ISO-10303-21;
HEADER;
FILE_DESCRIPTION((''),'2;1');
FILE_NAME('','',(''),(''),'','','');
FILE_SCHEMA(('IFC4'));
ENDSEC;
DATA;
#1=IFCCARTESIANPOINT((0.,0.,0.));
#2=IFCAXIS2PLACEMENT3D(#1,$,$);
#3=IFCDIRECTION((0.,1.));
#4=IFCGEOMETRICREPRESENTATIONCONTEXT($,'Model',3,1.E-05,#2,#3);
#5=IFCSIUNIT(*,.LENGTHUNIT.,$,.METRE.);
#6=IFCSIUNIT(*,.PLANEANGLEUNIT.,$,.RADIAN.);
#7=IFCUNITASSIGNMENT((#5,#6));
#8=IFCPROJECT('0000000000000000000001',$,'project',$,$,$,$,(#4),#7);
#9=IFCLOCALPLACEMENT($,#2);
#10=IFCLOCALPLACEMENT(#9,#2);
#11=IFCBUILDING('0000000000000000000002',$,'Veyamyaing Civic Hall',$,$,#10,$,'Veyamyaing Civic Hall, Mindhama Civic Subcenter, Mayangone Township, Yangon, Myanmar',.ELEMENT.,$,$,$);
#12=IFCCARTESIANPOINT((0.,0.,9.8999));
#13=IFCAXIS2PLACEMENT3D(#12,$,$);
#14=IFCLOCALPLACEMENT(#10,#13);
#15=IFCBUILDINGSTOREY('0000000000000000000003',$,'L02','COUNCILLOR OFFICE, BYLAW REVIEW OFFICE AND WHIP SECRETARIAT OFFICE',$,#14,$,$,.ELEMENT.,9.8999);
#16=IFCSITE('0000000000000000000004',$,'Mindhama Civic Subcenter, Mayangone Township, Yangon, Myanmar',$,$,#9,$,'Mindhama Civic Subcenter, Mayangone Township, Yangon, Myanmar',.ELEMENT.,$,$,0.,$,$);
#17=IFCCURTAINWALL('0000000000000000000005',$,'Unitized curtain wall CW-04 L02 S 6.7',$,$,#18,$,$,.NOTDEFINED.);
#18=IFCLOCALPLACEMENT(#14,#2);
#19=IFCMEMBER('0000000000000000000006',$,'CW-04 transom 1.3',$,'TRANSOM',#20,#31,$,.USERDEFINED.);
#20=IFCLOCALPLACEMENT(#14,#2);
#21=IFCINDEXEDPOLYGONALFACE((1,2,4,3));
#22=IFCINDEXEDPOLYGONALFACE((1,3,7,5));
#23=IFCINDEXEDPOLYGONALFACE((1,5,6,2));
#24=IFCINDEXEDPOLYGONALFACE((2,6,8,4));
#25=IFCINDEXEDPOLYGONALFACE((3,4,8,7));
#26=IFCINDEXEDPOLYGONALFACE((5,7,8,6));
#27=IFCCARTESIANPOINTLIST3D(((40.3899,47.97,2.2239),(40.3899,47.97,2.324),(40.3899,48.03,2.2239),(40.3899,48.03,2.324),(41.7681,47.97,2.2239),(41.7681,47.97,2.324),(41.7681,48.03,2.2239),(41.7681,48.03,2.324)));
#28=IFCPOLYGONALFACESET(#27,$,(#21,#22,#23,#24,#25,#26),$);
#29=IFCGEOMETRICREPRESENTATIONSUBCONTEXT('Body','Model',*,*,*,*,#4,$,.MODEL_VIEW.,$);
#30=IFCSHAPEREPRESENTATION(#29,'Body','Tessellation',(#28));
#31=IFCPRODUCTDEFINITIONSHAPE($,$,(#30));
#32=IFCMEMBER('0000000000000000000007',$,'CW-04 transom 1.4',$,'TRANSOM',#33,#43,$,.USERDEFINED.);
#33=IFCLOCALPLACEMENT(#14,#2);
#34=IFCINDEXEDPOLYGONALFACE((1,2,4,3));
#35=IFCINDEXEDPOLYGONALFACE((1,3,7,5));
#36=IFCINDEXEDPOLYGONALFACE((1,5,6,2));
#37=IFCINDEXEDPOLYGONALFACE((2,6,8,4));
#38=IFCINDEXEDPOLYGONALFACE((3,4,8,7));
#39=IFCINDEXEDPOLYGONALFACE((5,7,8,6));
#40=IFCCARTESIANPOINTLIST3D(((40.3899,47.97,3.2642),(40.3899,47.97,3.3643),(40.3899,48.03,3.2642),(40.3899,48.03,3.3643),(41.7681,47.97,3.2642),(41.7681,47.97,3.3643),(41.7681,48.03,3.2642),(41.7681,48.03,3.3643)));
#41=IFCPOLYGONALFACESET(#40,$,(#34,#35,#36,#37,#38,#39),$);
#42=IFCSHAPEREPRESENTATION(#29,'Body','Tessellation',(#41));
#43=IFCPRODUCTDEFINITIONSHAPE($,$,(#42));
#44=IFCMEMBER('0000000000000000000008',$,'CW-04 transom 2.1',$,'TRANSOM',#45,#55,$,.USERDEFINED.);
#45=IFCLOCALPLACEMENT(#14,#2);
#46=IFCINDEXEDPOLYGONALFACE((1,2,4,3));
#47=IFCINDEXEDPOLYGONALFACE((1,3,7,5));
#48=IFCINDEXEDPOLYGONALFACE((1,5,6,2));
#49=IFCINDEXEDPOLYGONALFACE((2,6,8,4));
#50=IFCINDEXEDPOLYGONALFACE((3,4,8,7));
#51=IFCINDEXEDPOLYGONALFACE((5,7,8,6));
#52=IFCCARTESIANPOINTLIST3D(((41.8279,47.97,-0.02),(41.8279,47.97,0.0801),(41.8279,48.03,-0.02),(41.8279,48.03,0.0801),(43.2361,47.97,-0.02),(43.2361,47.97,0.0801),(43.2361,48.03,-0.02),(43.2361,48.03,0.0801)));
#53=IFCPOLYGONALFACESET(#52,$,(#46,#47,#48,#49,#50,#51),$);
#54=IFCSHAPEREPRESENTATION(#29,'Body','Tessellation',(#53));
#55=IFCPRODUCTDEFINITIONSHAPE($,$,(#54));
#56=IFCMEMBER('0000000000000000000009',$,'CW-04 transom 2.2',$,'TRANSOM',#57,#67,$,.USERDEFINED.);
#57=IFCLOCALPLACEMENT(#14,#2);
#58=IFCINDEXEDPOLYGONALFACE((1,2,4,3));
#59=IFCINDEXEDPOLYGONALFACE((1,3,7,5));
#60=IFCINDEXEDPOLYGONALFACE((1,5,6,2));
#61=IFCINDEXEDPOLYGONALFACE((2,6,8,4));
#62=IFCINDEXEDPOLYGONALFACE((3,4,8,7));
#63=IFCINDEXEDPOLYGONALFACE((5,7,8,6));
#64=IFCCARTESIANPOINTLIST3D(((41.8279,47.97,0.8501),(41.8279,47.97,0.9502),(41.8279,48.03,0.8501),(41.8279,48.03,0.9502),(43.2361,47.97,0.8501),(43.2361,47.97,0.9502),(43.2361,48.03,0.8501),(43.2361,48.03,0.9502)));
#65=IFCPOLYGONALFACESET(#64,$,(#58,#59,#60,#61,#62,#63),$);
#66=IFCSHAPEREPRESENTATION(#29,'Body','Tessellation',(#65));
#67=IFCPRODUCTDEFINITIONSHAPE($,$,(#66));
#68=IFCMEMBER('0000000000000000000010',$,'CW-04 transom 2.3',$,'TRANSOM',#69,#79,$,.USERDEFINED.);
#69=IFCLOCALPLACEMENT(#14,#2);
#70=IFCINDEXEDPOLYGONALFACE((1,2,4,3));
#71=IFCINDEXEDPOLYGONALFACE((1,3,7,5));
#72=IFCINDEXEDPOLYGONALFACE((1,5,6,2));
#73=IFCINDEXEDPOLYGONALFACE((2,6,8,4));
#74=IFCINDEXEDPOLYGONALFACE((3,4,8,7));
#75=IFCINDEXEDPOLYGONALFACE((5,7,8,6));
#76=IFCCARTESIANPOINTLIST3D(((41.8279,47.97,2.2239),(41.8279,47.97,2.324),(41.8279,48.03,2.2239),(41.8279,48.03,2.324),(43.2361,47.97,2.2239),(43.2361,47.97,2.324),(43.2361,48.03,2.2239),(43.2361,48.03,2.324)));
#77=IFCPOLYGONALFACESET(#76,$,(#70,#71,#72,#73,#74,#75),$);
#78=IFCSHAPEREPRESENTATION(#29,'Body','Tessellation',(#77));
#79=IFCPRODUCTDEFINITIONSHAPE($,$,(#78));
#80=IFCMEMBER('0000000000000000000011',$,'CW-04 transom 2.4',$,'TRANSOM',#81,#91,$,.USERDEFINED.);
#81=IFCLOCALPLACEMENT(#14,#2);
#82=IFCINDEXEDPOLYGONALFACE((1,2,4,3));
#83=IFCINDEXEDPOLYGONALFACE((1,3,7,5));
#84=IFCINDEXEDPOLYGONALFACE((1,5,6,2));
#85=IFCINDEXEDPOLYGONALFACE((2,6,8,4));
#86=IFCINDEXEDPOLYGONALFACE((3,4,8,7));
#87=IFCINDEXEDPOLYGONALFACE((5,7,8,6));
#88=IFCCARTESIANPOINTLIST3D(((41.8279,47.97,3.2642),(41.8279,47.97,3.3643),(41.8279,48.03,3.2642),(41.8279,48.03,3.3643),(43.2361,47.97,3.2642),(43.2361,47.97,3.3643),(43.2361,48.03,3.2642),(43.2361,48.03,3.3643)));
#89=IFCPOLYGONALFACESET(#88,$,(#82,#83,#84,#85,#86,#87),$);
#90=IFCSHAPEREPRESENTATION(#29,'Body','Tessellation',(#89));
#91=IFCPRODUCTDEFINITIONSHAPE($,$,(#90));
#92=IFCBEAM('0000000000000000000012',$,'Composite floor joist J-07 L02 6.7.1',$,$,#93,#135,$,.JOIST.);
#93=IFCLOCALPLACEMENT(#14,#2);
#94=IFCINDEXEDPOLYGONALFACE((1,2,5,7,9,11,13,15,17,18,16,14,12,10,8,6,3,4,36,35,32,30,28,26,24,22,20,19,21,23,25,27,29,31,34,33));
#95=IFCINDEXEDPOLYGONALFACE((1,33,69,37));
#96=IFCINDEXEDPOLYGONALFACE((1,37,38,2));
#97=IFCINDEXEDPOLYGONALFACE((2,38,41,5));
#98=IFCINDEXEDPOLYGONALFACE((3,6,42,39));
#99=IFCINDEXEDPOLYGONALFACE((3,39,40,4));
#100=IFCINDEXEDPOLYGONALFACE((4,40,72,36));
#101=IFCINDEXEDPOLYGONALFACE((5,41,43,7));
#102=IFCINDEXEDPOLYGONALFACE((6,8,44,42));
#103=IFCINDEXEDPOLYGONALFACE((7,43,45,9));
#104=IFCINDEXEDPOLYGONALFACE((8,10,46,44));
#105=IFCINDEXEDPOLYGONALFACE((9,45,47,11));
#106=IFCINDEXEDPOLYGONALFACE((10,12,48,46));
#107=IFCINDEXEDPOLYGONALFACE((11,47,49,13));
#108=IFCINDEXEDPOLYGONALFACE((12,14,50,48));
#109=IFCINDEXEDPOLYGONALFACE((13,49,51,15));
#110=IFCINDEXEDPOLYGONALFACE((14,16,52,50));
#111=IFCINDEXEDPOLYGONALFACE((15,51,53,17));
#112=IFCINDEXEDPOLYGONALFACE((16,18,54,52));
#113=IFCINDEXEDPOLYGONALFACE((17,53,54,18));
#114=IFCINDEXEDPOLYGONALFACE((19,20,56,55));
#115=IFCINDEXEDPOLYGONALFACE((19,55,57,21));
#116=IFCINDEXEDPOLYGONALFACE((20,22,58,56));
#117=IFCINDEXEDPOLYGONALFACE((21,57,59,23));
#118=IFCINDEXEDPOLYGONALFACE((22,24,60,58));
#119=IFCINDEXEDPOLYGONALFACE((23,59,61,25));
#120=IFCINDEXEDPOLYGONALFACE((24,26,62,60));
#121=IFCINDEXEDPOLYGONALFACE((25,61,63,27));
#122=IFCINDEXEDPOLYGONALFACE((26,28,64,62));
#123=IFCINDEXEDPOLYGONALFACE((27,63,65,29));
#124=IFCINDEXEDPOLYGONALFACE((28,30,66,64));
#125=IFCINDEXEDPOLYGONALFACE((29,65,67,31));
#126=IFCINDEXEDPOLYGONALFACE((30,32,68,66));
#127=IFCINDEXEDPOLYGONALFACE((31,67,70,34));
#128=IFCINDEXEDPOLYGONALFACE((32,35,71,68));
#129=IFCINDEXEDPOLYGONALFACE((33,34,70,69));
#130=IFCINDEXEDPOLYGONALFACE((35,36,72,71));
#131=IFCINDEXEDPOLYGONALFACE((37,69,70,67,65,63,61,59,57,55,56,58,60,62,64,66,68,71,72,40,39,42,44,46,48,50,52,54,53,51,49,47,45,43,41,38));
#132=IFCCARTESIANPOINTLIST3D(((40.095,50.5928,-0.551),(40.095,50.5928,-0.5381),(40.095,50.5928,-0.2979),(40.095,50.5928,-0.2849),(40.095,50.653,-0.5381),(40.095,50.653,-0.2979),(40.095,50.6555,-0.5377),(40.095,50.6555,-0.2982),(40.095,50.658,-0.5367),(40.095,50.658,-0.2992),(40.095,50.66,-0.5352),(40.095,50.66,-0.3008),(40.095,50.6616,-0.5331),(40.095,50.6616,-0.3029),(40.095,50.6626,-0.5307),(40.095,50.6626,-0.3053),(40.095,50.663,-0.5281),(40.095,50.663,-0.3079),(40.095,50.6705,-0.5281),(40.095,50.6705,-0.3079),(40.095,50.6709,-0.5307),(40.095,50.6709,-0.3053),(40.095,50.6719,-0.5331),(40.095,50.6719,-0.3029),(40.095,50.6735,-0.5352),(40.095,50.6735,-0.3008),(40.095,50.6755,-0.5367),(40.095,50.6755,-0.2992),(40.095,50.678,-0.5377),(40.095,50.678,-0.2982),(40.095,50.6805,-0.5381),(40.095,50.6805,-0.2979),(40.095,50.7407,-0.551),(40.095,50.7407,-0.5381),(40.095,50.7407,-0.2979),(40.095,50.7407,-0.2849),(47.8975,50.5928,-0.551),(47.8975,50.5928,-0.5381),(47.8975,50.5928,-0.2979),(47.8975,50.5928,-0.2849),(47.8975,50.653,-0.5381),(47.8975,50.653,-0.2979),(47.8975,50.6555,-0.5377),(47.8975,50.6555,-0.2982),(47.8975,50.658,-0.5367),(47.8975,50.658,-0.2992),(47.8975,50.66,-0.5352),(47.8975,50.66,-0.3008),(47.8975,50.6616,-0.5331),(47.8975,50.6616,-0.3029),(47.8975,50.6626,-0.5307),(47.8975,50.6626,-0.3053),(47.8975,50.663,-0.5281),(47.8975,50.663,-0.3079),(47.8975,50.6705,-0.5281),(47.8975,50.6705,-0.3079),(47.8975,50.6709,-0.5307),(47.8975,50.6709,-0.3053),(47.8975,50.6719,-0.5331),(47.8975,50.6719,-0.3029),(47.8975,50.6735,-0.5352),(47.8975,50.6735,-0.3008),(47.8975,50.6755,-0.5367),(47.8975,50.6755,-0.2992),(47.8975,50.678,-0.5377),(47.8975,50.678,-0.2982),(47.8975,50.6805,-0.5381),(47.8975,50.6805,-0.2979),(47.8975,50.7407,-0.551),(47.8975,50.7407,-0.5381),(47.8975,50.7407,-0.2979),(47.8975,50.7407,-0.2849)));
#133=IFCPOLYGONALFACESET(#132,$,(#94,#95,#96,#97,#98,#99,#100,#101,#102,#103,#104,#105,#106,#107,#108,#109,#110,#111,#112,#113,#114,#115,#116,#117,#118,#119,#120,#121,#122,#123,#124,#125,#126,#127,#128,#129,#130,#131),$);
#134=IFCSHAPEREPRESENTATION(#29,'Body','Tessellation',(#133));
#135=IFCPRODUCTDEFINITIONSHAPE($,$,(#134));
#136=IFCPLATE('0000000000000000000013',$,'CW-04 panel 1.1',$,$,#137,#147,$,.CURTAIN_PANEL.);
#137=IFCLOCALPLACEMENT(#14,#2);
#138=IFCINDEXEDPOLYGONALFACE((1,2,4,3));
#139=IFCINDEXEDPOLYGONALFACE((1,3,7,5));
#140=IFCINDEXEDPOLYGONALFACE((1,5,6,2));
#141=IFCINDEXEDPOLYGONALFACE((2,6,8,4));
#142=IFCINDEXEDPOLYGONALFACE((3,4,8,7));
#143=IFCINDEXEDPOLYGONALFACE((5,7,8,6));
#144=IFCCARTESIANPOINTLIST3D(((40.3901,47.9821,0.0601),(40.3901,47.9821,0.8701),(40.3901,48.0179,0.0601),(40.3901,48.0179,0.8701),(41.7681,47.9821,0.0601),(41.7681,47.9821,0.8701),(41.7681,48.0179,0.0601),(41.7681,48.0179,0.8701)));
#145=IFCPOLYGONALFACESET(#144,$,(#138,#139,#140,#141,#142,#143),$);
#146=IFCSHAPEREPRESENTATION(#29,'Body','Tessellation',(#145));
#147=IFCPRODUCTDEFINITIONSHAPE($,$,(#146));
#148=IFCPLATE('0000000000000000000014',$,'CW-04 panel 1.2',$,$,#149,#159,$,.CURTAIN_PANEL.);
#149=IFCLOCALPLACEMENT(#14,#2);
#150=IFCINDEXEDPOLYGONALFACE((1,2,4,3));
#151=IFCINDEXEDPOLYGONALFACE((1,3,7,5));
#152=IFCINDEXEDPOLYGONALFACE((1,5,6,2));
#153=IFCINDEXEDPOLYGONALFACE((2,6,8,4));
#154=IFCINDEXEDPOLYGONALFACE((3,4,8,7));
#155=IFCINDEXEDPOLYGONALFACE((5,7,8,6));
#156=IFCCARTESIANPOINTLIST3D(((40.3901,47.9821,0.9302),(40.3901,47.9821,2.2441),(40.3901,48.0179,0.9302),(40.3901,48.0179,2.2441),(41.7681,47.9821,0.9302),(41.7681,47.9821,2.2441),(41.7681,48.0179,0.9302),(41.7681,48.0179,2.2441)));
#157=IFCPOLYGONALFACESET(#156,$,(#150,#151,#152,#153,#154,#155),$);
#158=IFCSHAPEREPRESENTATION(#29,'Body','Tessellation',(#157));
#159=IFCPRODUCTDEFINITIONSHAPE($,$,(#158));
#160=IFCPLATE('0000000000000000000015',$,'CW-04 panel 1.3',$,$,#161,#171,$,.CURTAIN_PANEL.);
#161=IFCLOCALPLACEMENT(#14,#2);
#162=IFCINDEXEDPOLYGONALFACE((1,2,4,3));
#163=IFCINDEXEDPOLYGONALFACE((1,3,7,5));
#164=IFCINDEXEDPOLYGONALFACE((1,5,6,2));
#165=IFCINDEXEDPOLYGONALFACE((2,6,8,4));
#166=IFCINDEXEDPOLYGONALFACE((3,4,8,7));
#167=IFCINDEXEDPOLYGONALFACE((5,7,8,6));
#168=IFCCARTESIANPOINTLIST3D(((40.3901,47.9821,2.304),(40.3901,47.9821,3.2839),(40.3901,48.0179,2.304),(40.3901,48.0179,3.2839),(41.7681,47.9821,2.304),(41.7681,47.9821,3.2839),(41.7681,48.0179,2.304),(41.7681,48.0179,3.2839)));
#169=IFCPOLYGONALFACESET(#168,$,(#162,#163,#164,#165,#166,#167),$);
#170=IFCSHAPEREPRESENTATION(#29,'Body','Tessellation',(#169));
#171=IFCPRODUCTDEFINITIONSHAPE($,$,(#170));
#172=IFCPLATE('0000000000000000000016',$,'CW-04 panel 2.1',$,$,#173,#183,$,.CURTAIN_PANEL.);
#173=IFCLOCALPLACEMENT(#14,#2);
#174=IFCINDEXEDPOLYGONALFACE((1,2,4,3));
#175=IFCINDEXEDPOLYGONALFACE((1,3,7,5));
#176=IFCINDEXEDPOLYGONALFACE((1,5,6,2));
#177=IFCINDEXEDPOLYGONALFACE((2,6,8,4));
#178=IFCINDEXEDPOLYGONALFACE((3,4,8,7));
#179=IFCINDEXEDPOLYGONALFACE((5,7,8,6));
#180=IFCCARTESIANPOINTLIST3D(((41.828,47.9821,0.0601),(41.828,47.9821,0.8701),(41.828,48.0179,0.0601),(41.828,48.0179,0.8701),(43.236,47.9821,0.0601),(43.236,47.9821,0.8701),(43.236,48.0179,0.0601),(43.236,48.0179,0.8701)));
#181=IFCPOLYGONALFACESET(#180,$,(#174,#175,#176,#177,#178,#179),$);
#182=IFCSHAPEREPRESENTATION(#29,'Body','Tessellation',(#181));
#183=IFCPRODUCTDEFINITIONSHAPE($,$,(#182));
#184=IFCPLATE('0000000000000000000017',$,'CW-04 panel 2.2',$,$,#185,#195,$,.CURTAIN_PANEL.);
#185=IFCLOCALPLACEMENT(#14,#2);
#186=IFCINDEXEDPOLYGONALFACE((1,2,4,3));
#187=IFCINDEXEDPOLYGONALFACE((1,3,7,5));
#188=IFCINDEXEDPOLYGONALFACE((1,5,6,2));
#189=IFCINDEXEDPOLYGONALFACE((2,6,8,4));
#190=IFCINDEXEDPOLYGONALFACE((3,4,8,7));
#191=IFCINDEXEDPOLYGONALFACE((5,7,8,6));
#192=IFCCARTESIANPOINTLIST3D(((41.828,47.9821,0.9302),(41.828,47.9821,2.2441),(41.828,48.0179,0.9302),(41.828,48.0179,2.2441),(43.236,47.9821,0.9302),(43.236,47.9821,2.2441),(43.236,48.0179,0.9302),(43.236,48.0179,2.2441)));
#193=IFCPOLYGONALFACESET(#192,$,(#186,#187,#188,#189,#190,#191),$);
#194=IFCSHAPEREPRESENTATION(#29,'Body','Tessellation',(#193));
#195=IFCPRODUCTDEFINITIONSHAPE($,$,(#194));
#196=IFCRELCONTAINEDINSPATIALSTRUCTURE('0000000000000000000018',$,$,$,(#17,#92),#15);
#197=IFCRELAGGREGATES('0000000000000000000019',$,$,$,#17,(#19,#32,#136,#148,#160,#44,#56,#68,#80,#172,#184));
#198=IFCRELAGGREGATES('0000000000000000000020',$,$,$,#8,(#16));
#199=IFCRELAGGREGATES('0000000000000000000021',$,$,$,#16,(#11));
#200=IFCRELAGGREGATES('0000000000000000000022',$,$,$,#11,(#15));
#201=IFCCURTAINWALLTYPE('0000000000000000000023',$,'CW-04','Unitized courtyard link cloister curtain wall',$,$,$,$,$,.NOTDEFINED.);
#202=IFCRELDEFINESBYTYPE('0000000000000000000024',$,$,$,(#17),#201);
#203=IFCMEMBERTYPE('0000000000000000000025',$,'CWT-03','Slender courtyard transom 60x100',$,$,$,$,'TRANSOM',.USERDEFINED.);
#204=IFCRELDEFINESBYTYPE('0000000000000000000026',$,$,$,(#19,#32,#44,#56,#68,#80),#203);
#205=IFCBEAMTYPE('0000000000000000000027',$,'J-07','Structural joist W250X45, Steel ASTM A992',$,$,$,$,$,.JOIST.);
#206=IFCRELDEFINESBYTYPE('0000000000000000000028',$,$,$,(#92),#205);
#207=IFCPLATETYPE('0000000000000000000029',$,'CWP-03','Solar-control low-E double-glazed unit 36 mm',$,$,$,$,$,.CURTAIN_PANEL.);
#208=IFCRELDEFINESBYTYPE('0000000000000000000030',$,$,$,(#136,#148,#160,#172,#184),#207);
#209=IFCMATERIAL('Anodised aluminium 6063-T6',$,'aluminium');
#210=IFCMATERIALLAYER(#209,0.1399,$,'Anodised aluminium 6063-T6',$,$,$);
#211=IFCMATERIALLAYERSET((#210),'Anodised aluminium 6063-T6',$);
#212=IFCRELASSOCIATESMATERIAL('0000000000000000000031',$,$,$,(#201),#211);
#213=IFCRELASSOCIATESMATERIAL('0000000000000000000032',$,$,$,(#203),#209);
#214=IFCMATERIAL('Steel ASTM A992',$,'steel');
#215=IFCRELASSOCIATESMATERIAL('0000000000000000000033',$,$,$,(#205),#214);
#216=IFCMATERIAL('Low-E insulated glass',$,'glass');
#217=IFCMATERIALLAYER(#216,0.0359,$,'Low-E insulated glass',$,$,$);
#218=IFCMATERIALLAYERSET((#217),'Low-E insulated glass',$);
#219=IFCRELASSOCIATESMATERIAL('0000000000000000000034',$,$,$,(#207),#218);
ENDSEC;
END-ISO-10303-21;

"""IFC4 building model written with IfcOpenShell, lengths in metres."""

from ifc_helpers import new_model, si_unit, direction, frame, origin, origin_2d, place, context, subcontext, project, spatial, rectangle, i_section, extrude, material, layer, layer_set, material_profile, profile_set, type_object, element, aggregate, save


model = new_model("IFC4")

# Units and contexts
model_context = context("Model", 3, precision=1e-05, world=origin(), true_north=direction((0.0, 1.0)))
body_context = subcontext(model_context, "Body", "Model", "MODEL_VIEW")
ifc_project = project(units=[si_unit("LENGTHUNIT", "METRE"), si_unit("PLANEANGLEUNIT", "RADIAN")], contexts=[model_context])

# Site, building, storey
site_placement = place(None, origin())
site = spatial("IfcSite", under=ifc_project, at=site_placement, Name="Mindhama Civic Subcenter, Mayangone Township, Yangon, Myanmar", LongName="Mindhama Civic Subcenter, Mayangone Township, Yangon, Myanmar", CompositionType="ELEMENT", RefElevation=0.0)
building_placement = place(site_placement, origin())
building = spatial("IfcBuilding", under=site, at=building_placement, Name="Veyamyaing Civic Hall", LongName="Veyamyaing Civic Hall, Mindhama Civic Subcenter, Mayangone Township, Yangon, Myanmar", CompositionType="ELEMENT")
storey_placement = place(building_placement, frame((0.0, 0.0, 9.8999)))
storey = spatial("IfcBuildingStorey", under=building, at=storey_placement, Name="L02", Description="COUNCILLOR OFFICE, BYLAW REVIEW OFFICE AND WHIP SECRETARIAT OFFICE", CompositionType="ELEMENT", Elevation=9.8999)

# Shared definitions
ifc_material_1 = material(Name="Steel ASTM A992", Category="steel")

# Curtain wall, members
ifc_material_2 = material(Name="Anodised aluminium 6063-T6", Category="aluminium")
ifc_layer_1 = layer(ifc_material_2, 0.1399, Name="Anodised aluminium 6063-T6")
ifc_layer_set_1 = layer_set([ifc_layer_1], Name="Anodised aluminium 6063-T6")
curtain_wall_type = type_object("IfcCurtainWallType", Name="CW-04", Description="Unitized courtyard link cloister curtain wall", PredefinedType="NOTDEFINED", material=ifc_layer_set_1)
curtain_wall_placement = place(storey_placement, origin())
curtain_wall = element("IfcCurtainWall", 1, at=curtain_wall_placement, inside=storey, type_object=curtain_wall_type, Name="Unitized curtain wall CW-04 L02 S 6.7", PredefinedType="NOTDEFINED")
ifc_material_profile_1 = material_profile(ifc_material_2, rectangle(XDim=0.0601, YDim=0.1001, at=origin_2d()), Name="ALU-TRN-60X100")
ifc_profile_set_1 = profile_set([ifc_material_profile_1], Name="Anodised aluminium 6063-T6")
member_type_1 = type_object("IfcMemberType", Name="CWT-03", Description="Slender courtyard transom 60x100", ElementType="TRANSOM", PredefinedType="USERDEFINED", material=ifc_profile_set_1)
member_1_placement = place(storey_placement, frame((40.3899, 48.0, 2.2739), z_axis=(1.0, 0.0, 0.0), x_axis=(0.0, 1.0, 0.0)))
member_1 = element("IfcMember", 2, at=member_1_placement, type_object=member_type_1, Name="CW-04 transom 1.3", ObjectType="TRANSOM", PredefinedType="USERDEFINED", context=body_context, shape_type="SweptSolid", body=[
    extrude(rectangle(XDim=0.0601, YDim=0.1001, at=origin_2d()), origin(), (0.0, 0.0, 1.0), 1.3782),
])
member_2_placement = place(storey_placement, frame((40.3899, 48.0, 3.3142), z_axis=(1.0, 0.0, 0.0), x_axis=(0.0, 1.0, 0.0)))
member_2 = element("IfcMember", 3, at=member_2_placement, type_object=member_type_1, Name="CW-04 transom 1.4", ObjectType="TRANSOM", PredefinedType="USERDEFINED", context=body_context, shape_type="SweptSolid", body=[
    extrude(rectangle(XDim=0.0601, YDim=0.1001, at=origin_2d()), origin(), (0.0, 0.0, 1.0), 1.3782),
])
member_3_placement = place(storey_placement, frame((41.8279, 48.0, 0.03), z_axis=(1.0, 0.0, 0.0), x_axis=(0.0, 1.0, 0.0)))
member_3 = element("IfcMember", 4, at=member_3_placement, type_object=member_type_1, Name="CW-04 transom 2.1", ObjectType="TRANSOM", PredefinedType="USERDEFINED", context=body_context, shape_type="SweptSolid", body=[
    extrude(rectangle(XDim=0.0601, YDim=0.1001, at=origin_2d()), origin(), (0.0, 0.0, 1.0), 1.4082),
])
member_4_placement = place(storey_placement, frame((41.8279, 48.0, 0.9001), z_axis=(1.0, 0.0, 0.0), x_axis=(0.0, 1.0, 0.0)))
member_4 = element("IfcMember", 5, at=member_4_placement, type_object=member_type_1, Name="CW-04 transom 2.2", ObjectType="TRANSOM", PredefinedType="USERDEFINED", context=body_context, shape_type="SweptSolid", body=[
    extrude(rectangle(XDim=0.0601, YDim=0.1001, at=origin_2d()), origin(), (0.0, 0.0, 1.0), 1.4082),
])
member_5_placement = place(storey_placement, frame((41.8279, 48.0, 2.2739), z_axis=(1.0, 0.0, 0.0), x_axis=(0.0, 1.0, 0.0)))
member_5 = element("IfcMember", 6, at=member_5_placement, type_object=member_type_1, Name="CW-04 transom 2.3", ObjectType="TRANSOM", PredefinedType="USERDEFINED", context=body_context, shape_type="SweptSolid", body=[
    extrude(rectangle(XDim=0.0601, YDim=0.1001, at=origin_2d()), origin(), (0.0, 0.0, 1.0), 1.4082),
])
member_6_placement = place(storey_placement, frame((41.8279, 48.0, 3.3142), z_axis=(1.0, 0.0, 0.0), x_axis=(0.0, 1.0, 0.0)))
member_6 = element("IfcMember", 7, at=member_6_placement, type_object=member_type_1, Name="CW-04 transom 2.4", ObjectType="TRANSOM", PredefinedType="USERDEFINED", context=body_context, shape_type="SweptSolid", body=[
    extrude(rectangle(XDim=0.0601, YDim=0.1001, at=origin_2d()), origin(), (0.0, 0.0, 1.0), 1.4082),
])

# Beam
ifc_material_profile_2 = material_profile(ifc_material_1, i_section(OverallWidth=0.1479, OverallDepth=0.2661, WebThickness=0.0076, FlangeThickness=0.0129, FilletRadius=0.01, at=origin_2d()), Name="W250X45")
ifc_profile_set_2 = profile_set([ifc_material_profile_2], Name="Steel ASTM A992")
beam_type_1 = type_object("IfcBeamType", Name="J-07", Description="Structural joist W250X45, Steel ASTM A992", PredefinedType="JOIST", material=ifc_profile_set_2)
beam_1_placement = place(storey_placement, frame((40.095, 50.6667, -0.418), z_axis=(1.0, 0.0, 0.0), x_axis=(0.0, 1.0, 0.0)))
element("IfcBeam", 8, at=beam_1_placement, inside=storey, type_object=beam_type_1, Name="Composite floor joist J-07 L02 6.7.1", PredefinedType="JOIST", context=body_context, shape_type="SweptSolid", body=[
    extrude(i_section(OverallWidth=0.1479, OverallDepth=0.2661, WebThickness=0.0076, FlangeThickness=0.0129, FilletRadius=0.01, at=origin_2d()), origin(), (0.0, 0.0, 1.0), 7.8025),
])

# Plates
ifc_material_3 = material(Name="Low-E insulated glass", Category="glass")
ifc_layer_2 = layer(ifc_material_3, 0.0359, Name="Low-E insulated glass")
ifc_layer_set_2 = layer_set([ifc_layer_2], Name="Low-E insulated glass")
plate_type = type_object("IfcPlateType", Name="CWP-03", Description="Solar-control low-E double-glazed unit 36 mm", PredefinedType="CURTAIN_PANEL", material=ifc_layer_set_2)
plate_1_placement = place(storey_placement, frame((41.0791, 48.0, 0.0601), z_axis=(0.0, 0.0, 1.0), x_axis=(1.0, 0.0, 0.0)))
plate_1 = element("IfcPlate", 9, at=plate_1_placement, type_object=plate_type, Name="CW-04 panel 1.1", PredefinedType="CURTAIN_PANEL", context=body_context, shape_type="SweptSolid", body=[
    extrude(rectangle(XDim=1.3779, YDim=0.0359, at=origin_2d()), origin(), (0.0, 0.0, 1.0), 0.8101),
])
plate_2_placement = place(storey_placement, frame((41.0791, 48.0, 0.9302), z_axis=(0.0, 0.0, 1.0), x_axis=(1.0, 0.0, 0.0)))
plate_2 = element("IfcPlate", 10, at=plate_2_placement, type_object=plate_type, Name="CW-04 panel 1.2", PredefinedType="CURTAIN_PANEL", context=body_context, shape_type="SweptSolid", body=[
    extrude(rectangle(XDim=1.3779, YDim=0.0359, at=origin_2d()), origin(), (0.0, 0.0, 1.0), 1.314),
])
plate_3_placement = place(storey_placement, frame((41.0791, 48.0, 2.304), z_axis=(0.0, 0.0, 1.0), x_axis=(1.0, 0.0, 0.0)))
plate_3 = element("IfcPlate", 11, at=plate_3_placement, type_object=plate_type, Name="CW-04 panel 1.3", PredefinedType="CURTAIN_PANEL", context=body_context, shape_type="SweptSolid", body=[
    extrude(rectangle(XDim=1.3779, YDim=0.0359, at=origin_2d()), origin(), (0.0, 0.0, 1.0), 0.98),
])
plate_4_placement = place(storey_placement, frame((42.532, 48.0, 0.0601), z_axis=(0.0, 0.0, 1.0), x_axis=(1.0, 0.0, 0.0)))
plate_4 = element("IfcPlate", 12, at=plate_4_placement, type_object=plate_type, Name="CW-04 panel 2.1", PredefinedType="CURTAIN_PANEL", context=body_context, shape_type="SweptSolid", body=[
    extrude(rectangle(XDim=1.408, YDim=0.0359, at=origin_2d()), origin(), (0.0, 0.0, 1.0), 0.8101),
])
plate_5_placement = place(storey_placement, frame((42.532, 48.0, 0.9302), z_axis=(0.0, 0.0, 1.0), x_axis=(1.0, 0.0, 0.0)))
plate_5 = element("IfcPlate", 13, at=plate_5_placement, type_object=plate_type, Name="CW-04 panel 2.2", PredefinedType="CURTAIN_PANEL", context=body_context, shape_type="SweptSolid", body=[
    extrude(rectangle(XDim=1.408, YDim=0.0359, at=origin_2d()), origin(), (0.0, 0.0, 1.0), 1.314),
])
aggregate(curtain_wall, [member_1, member_2, plate_1, plate_2, plate_3, member_3, member_4, member_5, member_6, plate_4, plate_5])

save(model, "model.ifc")
